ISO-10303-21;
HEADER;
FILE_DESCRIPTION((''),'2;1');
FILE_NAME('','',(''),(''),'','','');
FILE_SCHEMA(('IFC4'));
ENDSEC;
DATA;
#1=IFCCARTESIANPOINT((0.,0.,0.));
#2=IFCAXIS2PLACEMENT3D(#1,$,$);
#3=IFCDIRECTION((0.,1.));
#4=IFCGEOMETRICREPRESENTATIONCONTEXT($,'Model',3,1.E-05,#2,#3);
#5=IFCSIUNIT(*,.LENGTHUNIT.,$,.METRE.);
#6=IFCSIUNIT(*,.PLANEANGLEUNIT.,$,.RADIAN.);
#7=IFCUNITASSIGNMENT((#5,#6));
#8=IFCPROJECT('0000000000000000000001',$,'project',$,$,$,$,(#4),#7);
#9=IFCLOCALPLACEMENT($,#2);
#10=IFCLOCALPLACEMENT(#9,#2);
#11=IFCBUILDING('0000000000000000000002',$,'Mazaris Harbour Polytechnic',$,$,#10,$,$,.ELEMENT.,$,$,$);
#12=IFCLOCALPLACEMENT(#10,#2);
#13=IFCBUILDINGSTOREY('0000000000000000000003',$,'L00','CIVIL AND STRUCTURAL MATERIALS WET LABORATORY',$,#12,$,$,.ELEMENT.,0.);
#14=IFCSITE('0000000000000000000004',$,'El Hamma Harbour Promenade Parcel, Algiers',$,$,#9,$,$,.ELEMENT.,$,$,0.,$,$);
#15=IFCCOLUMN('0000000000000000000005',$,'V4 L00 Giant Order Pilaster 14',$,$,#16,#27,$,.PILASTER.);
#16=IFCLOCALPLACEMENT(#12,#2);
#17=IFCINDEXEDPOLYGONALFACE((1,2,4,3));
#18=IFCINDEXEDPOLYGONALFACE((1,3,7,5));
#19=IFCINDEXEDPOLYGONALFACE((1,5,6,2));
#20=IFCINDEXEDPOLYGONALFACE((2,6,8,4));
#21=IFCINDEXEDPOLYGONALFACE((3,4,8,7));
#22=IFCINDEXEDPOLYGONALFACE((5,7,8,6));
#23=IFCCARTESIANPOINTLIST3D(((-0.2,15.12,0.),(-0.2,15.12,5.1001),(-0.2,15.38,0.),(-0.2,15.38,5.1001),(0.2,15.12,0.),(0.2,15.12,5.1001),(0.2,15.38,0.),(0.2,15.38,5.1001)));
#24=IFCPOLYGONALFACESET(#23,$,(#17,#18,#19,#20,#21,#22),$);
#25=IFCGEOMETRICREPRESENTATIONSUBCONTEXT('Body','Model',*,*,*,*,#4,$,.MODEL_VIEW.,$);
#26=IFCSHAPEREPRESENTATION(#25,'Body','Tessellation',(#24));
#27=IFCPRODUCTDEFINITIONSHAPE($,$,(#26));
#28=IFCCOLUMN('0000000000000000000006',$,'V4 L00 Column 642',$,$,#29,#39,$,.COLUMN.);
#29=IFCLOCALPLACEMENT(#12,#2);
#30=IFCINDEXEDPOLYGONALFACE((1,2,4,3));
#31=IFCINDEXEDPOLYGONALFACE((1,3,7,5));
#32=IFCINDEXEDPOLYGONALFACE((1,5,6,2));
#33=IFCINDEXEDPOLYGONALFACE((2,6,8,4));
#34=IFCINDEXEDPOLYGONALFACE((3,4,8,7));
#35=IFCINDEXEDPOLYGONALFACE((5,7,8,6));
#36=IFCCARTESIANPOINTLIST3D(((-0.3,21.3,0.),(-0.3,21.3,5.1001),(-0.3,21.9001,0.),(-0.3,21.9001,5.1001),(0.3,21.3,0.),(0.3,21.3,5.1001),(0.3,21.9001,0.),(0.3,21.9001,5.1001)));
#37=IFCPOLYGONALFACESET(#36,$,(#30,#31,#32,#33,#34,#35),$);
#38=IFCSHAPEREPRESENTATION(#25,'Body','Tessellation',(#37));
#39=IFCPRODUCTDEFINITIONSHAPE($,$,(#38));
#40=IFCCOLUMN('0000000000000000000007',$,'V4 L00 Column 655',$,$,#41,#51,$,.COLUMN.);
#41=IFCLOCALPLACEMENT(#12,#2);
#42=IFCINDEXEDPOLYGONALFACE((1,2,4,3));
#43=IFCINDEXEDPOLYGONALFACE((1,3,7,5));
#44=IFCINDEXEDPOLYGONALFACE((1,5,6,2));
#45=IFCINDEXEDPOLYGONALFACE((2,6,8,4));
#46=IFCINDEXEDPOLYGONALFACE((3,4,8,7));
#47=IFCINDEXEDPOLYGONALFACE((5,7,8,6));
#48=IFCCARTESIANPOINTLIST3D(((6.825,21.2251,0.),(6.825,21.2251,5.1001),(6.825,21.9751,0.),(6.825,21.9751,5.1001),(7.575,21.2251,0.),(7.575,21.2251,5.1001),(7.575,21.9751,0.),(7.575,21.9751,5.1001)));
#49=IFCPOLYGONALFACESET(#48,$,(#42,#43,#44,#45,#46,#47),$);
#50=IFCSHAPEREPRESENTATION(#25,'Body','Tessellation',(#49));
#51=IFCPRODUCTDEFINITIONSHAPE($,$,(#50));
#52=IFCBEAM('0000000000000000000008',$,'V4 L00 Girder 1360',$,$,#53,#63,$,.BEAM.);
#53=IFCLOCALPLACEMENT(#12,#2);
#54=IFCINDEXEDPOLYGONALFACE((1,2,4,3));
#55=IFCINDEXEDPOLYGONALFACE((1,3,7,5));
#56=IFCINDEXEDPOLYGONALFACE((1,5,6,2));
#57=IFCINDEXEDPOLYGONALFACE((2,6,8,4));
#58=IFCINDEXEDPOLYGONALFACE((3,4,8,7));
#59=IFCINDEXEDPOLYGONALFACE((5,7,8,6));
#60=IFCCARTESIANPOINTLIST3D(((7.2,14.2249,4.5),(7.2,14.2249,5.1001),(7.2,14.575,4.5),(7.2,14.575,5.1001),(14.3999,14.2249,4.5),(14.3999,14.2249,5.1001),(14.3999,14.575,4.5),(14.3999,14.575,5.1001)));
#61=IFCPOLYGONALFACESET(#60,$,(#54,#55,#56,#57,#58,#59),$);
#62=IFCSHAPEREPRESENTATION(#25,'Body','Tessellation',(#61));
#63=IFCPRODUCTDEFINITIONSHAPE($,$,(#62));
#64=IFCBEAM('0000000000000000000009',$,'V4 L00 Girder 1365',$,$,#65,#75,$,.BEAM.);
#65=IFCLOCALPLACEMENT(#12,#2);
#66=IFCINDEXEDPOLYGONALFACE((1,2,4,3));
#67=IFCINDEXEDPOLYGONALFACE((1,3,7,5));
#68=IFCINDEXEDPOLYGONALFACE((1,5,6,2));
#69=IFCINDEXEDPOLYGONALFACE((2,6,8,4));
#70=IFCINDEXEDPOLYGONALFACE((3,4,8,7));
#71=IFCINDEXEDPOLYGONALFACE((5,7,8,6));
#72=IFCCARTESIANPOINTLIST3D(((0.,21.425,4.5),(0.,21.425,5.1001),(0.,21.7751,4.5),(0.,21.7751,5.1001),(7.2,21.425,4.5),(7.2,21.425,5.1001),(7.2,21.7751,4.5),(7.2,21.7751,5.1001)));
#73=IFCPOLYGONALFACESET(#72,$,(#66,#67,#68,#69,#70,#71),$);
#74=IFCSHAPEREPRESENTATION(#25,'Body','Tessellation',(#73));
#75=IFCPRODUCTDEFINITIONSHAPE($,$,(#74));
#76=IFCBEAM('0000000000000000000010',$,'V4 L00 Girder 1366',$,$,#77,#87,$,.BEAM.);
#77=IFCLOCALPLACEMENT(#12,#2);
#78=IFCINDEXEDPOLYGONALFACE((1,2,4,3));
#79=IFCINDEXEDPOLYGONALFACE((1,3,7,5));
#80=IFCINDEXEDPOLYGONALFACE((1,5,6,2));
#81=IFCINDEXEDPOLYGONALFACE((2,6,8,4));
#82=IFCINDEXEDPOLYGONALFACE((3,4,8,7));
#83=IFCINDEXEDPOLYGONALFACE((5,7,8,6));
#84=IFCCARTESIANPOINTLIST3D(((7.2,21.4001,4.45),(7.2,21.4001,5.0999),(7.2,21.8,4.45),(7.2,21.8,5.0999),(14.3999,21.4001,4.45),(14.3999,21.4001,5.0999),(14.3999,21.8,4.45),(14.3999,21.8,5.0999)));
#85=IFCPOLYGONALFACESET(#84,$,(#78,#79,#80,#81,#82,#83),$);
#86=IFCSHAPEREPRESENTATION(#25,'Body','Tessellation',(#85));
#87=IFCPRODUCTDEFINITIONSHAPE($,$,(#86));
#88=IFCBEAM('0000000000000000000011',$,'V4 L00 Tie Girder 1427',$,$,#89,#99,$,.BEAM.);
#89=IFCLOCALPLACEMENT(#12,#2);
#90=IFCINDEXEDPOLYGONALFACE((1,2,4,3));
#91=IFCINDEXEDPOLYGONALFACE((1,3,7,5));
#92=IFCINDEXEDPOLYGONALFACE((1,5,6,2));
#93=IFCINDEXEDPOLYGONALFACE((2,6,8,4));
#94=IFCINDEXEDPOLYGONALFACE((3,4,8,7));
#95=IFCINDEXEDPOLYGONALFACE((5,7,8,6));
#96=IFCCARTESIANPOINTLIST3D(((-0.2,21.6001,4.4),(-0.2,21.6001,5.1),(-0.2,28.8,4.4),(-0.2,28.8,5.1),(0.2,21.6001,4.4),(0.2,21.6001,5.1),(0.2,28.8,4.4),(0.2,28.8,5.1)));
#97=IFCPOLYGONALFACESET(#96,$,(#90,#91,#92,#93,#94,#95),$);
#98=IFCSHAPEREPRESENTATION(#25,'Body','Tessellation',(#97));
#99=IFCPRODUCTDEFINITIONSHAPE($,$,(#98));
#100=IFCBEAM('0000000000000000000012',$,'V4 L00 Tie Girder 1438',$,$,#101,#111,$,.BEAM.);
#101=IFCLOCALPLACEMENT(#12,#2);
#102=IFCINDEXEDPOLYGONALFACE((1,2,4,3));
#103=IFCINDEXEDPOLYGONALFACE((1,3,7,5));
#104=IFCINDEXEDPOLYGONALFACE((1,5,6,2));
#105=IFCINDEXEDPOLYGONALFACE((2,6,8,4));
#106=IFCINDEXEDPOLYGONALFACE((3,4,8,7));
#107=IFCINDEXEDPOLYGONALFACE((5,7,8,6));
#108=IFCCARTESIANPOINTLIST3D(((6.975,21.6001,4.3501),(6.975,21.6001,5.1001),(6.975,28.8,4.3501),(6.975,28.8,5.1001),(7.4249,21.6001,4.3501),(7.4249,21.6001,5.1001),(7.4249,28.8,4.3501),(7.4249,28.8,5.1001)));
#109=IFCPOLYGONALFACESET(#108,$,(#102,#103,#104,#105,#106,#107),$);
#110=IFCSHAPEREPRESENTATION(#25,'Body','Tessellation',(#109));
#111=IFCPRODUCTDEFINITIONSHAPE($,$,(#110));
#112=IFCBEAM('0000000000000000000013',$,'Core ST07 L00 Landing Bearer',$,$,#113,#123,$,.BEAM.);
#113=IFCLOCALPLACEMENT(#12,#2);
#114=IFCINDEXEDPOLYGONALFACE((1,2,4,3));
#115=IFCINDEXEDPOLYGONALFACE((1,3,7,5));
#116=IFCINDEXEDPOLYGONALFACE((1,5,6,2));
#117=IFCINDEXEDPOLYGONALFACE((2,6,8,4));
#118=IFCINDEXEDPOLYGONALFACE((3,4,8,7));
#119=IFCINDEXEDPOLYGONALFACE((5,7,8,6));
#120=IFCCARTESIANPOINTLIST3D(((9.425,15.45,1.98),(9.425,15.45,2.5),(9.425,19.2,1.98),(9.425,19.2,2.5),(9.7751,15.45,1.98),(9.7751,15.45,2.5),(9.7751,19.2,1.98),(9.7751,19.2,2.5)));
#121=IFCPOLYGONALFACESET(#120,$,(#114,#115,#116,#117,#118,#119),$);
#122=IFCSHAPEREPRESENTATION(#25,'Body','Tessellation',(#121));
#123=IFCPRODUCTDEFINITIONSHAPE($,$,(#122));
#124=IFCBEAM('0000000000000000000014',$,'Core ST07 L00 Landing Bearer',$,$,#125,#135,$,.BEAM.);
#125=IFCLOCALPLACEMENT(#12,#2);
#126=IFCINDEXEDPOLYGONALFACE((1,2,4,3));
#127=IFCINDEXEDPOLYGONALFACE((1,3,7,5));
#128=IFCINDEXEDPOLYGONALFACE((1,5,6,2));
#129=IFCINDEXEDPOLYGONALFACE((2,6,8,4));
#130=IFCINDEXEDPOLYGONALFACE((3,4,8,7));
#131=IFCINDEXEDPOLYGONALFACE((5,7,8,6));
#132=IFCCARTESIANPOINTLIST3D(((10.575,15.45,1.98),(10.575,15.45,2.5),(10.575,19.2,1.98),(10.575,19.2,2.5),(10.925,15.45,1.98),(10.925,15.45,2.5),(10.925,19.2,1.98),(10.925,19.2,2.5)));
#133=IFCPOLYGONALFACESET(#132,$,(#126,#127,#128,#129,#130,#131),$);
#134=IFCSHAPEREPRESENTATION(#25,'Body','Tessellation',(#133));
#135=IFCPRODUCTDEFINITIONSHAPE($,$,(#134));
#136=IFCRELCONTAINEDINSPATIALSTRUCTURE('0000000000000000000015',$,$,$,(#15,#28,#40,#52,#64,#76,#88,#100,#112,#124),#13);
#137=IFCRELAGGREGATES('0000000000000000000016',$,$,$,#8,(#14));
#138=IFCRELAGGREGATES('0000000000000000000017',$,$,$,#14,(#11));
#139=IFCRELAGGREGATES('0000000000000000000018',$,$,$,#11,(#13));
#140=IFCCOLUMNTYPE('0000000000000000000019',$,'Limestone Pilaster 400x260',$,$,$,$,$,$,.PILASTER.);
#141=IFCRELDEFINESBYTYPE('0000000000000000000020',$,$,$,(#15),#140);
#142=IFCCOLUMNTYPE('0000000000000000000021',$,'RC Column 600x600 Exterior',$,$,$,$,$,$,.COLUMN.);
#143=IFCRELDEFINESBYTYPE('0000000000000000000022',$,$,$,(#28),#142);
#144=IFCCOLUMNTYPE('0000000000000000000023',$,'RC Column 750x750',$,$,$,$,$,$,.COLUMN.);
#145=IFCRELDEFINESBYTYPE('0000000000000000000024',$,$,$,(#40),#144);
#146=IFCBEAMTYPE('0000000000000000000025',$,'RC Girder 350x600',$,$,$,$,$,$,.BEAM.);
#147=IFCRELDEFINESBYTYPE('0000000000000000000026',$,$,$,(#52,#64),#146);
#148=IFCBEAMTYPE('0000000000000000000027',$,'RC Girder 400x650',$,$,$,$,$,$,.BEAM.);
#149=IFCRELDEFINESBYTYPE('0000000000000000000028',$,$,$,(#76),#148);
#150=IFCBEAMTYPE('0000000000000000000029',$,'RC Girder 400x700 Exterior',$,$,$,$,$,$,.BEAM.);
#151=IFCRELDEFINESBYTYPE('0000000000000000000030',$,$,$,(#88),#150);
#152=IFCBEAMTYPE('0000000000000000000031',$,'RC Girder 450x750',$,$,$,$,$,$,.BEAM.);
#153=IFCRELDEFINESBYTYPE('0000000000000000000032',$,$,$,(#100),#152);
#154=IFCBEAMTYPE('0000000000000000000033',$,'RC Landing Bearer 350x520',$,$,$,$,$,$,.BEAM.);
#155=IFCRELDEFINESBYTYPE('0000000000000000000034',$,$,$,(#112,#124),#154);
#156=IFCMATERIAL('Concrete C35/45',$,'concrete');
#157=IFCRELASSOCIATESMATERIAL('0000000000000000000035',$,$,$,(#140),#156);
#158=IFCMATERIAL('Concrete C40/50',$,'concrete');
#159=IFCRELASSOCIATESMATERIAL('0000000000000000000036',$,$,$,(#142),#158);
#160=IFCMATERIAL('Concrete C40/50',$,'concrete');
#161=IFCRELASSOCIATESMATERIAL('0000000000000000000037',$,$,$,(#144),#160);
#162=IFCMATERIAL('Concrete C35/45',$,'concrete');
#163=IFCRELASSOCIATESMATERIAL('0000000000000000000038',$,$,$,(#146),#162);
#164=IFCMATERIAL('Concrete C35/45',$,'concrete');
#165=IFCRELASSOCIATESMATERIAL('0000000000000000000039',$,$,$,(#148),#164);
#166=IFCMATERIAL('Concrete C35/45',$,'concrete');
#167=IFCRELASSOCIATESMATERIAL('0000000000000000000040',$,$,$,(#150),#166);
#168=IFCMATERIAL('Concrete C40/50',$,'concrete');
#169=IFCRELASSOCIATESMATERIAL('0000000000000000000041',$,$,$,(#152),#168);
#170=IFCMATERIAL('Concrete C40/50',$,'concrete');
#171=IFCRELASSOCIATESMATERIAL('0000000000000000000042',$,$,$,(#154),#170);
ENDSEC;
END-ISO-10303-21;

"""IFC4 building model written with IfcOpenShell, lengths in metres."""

from ifc_helpers import new_model, si_unit, direction, frame, origin, origin_2d, place, context, subcontext, project, spatial, rectangle, extrude, material, material_profile, profile_set, type_object, element, save


model = new_model("IFC4")

# Units and contexts
model_context = context("Model", 3, precision=1e-05, world=origin(), true_north=direction((0.0, 1.0)))
body_context = subcontext(model_context, "Body", "Model", "MODEL_VIEW")
ifc_project = project(units=[si_unit("LENGTHUNIT", "METRE"), si_unit("PLANEANGLEUNIT", "RADIAN")], contexts=[model_context])

# Site, building, storey
site_placement = place(None, origin())
site = spatial("IfcSite", under=ifc_project, at=site_placement, Name="El Hamma Harbour Promenade Parcel, Algiers", CompositionType="ELEMENT", RefElevation=0.0)
building_placement = place(site_placement, origin())
building = spatial("IfcBuilding", under=site, at=building_placement, Name="Mazaris Harbour Polytechnic", CompositionType="ELEMENT")
storey_placement = place(building_placement, origin())
storey = spatial("IfcBuildingStorey", under=building, at=storey_placement, Name="L00", Description="CIVIL AND STRUCTURAL MATERIALS WET LABORATORY", CompositionType="ELEMENT", Elevation=0.0)

# Columns
ifc_material_1 = material(Name="Concrete C35/45", Category="concrete")
ifc_material_profile_1 = material_profile(ifc_material_1, rectangle(XDim=0.3999, YDim=0.26, at=origin_2d()), Name="RECT400x260")
ifc_profile_set_1 = profile_set([ifc_material_profile_1], Name="Concrete C35/45")
column_type_1 = type_object("IfcColumnType", Name="Limestone Pilaster 400x260", PredefinedType="PILASTER", material=ifc_profile_set_1)
column_1_placement = place(storey_placement, frame((0.0, 15.25, 0.0), z_axis=(0.0, 0.0, 1.0), x_axis=(1.0, 0.0, 0.0)))
element("IfcColumn", 1, at=column_1_placement, inside=storey, type_object=column_type_1, Name="V4 L00 Giant Order Pilaster 14", PredefinedType="PILASTER", context=body_context, shape_type="SweptSolid", body=[
    extrude(rectangle(XDim=0.3999, YDim=0.26, at=origin_2d()), origin(), (0.0, 0.0, 1.0), 5.1001),
])
ifc_material_2 = material(Name="Concrete C40/50", Category="concrete")
ifc_material_profile_2 = material_profile(ifc_material_2, rectangle(XDim=0.6001, YDim=0.6001, at=origin_2d()), Name="RECT600x600")
ifc_profile_set_2 = profile_set([ifc_material_profile_2], Name="Concrete C40/50")
column_type_2 = type_object("IfcColumnType", Name="RC Column 600x600 Exterior", PredefinedType="COLUMN", material=ifc_profile_set_2)
column_2_placement = place(storey_placement, frame((0.0, 21.6001, 0.0), z_axis=(0.0, 0.0, 1.0), x_axis=(1.0, 0.0, 0.0)))
element("IfcColumn", 2, at=column_2_placement, inside=storey, type_object=column_type_2, Name="V4 L00 Column 642", PredefinedType="COLUMN", context=body_context, shape_type="SweptSolid", body=[
    extrude(rectangle(XDim=0.6001, YDim=0.6001, at=origin_2d()), origin(), (0.0, 0.0, 1.0), 5.1001),
])
ifc_material_3 = material(Name="Concrete C40/50", Category="concrete")
ifc_material_profile_3 = material_profile(ifc_material_3, rectangle(XDim=0.75, YDim=0.75, at=origin_2d()), Name="RECT750x750")
ifc_profile_set_3 = profile_set([ifc_material_profile_3], Name="Concrete C40/50")
column_type_3 = type_object("IfcColumnType", Name="RC Column 750x750", PredefinedType="COLUMN", material=ifc_profile_set_3)
column_3_placement = place(storey_placement, frame((7.2, 21.6001, 0.0), z_axis=(0.0, 0.0, 1.0), x_axis=(1.0, 0.0, 0.0)))
element("IfcColumn", 3, at=column_3_placement, inside=storey, type_object=column_type_3, Name="V4 L00 Column 655", PredefinedType="COLUMN", context=body_context, shape_type="SweptSolid", body=[
    extrude(rectangle(XDim=0.75, YDim=0.75, at=origin_2d()), origin(), (0.0, 0.0, 1.0), 5.1001),
])

# Beams
ifc_material_4 = material(Name="Concrete C35/45", Category="concrete")
ifc_material_profile_4 = material_profile(ifc_material_4, rectangle(XDim=0.3501, YDim=0.6001, at=origin_2d()), Name="RECT350x600")
ifc_profile_set_4 = profile_set([ifc_material_profile_4], Name="Concrete C35/45")
beam_type_1 = type_object("IfcBeamType", Name="RC Girder 350x600", PredefinedType="BEAM", material=ifc_profile_set_4)
for number, where, z_axis, x_axis, name in (
    (4, (7.2, 14.3999, 4.8), (1.0, 0.0, 0.0), (0.0, 1.0, 0.0), "V4 L00 Girder 1360"),
    (5, (0.0, 21.6001, 4.8), (1.0, 0.0, 0.0), (0.0, 1.0, 0.0), "V4 L00 Girder 1365"),
):
    element("IfcBeam", number, at=place(storey_placement, frame(where, z_axis=z_axis, x_axis=x_axis)), inside=storey, type_object=beam_type_1, Name=name, PredefinedType="BEAM", context=body_context, shape_type="SweptSolid", body=[
        extrude(rectangle(XDim=0.3501, YDim=0.6001, at=origin_2d()), origin(), (0.0, 0.0, 1.0), 7.2),
    ])
ifc_material_5 = material(Name="Concrete C35/45", Category="concrete")
ifc_material_profile_5 = material_profile(ifc_material_5, rectangle(XDim=0.3999, YDim=0.6499, at=origin_2d()), Name="RECT400x650")
ifc_profile_set_5 = profile_set([ifc_material_profile_5], Name="Concrete C35/45")
beam_type_2 = type_object("IfcBeamType", Name="RC Girder 400x650", PredefinedType="BEAM", material=ifc_profile_set_5)
beam_1_placement = place(storey_placement, frame((7.2, 21.6001, 4.7749), z_axis=(1.0, 0.0, 0.0), x_axis=(0.0, 1.0, 0.0)))
element("IfcBeam", 6, at=beam_1_placement, inside=storey, type_object=beam_type_2, Name="V4 L00 Girder 1366", PredefinedType="BEAM", context=body_context, shape_type="SweptSolid", body=[
    extrude(rectangle(XDim=0.3999, YDim=0.6499, at=origin_2d()), origin(), (0.0, 0.0, 1.0), 7.2),
])
ifc_material_6 = material(Name="Concrete C35/45", Category="concrete")
ifc_material_profile_6 = material_profile(ifc_material_6, rectangle(XDim=0.3999, YDim=0.7, at=origin_2d()), Name="RECT400x700")
ifc_profile_set_6 = profile_set([ifc_material_profile_6], Name="Concrete C35/45")
beam_type_3 = type_object("IfcBeamType", Name="RC Girder 400x700 Exterior", PredefinedType="BEAM", material=ifc_profile_set_6)
beam_2_placement = place(storey_placement, frame((0.0, 21.6001, 4.75), z_axis=(0.0, 1.0, 0.0), x_axis=(-1.0, 0.0, 0.0)))
element("IfcBeam", 7, at=beam_2_placement, inside=storey, type_object=beam_type_3, Name="V4 L00 Tie Girder 1427", PredefinedType="BEAM", context=body_context, shape_type="SweptSolid", body=[
    extrude(rectangle(XDim=0.3999, YDim=0.7, at=origin_2d()), origin(), (0.0, 0.0, 1.0), 7.2),
])
ifc_material_7 = material(Name="Concrete C40/50", Category="concrete")
ifc_material_profile_7 = material_profile(ifc_material_7, rectangle(XDim=0.45, YDim=0.75, at=origin_2d()), Name="RECT450x750")
ifc_profile_set_7 = profile_set([ifc_material_profile_7], Name="Concrete C40/50")
beam_type_4 = type_object("IfcBeamType", Name="RC Girder 450x750", PredefinedType="BEAM", material=ifc_profile_set_7)
beam_3_placement = place(storey_placement, frame((7.2, 21.6001, 4.7251), z_axis=(0.0, 1.0, 0.0), x_axis=(-1.0, 0.0, 0.0)))
element("IfcBeam", 8, at=beam_3_placement, inside=storey, type_object=beam_type_4, Name="V4 L00 Tie Girder 1438", PredefinedType="BEAM", context=body_context, shape_type="SweptSolid", body=[
    extrude(rectangle(XDim=0.45, YDim=0.75, at=origin_2d()), origin(), (0.0, 0.0, 1.0), 7.2),
])
ifc_material_8 = material(Name="Concrete C40/50", Category="concrete")
ifc_material_profile_8 = material_profile(ifc_material_8, rectangle(XDim=0.3501, YDim=0.52, at=origin_2d()), Name="RECT350x520")
ifc_profile_set_8 = profile_set([ifc_material_profile_8], Name="Concrete C40/50")
beam_type_5 = type_object("IfcBeamType", Name="RC Landing Bearer 350x520", PredefinedType="BEAM", material=ifc_profile_set_8)
for number, where, z_axis, x_axis, name in (
    (9, (9.6001, 15.45, 2.24), (0.0, 1.0, 0.0), (-1.0, 0.0, 0.0), "Core ST07 L00 Landing Bearer"),
    (10, (10.75, 15.45, 2.24), (0.0, 1.0, 0.0), (-1.0, 0.0, 0.0), "Core ST07 L00 Landing Bearer"),
):
    element("IfcBeam", number, at=place(storey_placement, frame(where, z_axis=z_axis, x_axis=x_axis)), inside=storey, type_object=beam_type_5, Name=name, PredefinedType="BEAM", context=body_context, shape_type="SweptSolid", body=[
        extrude(rectangle(XDim=0.3501, YDim=0.52, at=origin_2d()), origin(), (0.0, 0.0, 1.0), 3.75),
    ])

save(model, "model.ifc")
